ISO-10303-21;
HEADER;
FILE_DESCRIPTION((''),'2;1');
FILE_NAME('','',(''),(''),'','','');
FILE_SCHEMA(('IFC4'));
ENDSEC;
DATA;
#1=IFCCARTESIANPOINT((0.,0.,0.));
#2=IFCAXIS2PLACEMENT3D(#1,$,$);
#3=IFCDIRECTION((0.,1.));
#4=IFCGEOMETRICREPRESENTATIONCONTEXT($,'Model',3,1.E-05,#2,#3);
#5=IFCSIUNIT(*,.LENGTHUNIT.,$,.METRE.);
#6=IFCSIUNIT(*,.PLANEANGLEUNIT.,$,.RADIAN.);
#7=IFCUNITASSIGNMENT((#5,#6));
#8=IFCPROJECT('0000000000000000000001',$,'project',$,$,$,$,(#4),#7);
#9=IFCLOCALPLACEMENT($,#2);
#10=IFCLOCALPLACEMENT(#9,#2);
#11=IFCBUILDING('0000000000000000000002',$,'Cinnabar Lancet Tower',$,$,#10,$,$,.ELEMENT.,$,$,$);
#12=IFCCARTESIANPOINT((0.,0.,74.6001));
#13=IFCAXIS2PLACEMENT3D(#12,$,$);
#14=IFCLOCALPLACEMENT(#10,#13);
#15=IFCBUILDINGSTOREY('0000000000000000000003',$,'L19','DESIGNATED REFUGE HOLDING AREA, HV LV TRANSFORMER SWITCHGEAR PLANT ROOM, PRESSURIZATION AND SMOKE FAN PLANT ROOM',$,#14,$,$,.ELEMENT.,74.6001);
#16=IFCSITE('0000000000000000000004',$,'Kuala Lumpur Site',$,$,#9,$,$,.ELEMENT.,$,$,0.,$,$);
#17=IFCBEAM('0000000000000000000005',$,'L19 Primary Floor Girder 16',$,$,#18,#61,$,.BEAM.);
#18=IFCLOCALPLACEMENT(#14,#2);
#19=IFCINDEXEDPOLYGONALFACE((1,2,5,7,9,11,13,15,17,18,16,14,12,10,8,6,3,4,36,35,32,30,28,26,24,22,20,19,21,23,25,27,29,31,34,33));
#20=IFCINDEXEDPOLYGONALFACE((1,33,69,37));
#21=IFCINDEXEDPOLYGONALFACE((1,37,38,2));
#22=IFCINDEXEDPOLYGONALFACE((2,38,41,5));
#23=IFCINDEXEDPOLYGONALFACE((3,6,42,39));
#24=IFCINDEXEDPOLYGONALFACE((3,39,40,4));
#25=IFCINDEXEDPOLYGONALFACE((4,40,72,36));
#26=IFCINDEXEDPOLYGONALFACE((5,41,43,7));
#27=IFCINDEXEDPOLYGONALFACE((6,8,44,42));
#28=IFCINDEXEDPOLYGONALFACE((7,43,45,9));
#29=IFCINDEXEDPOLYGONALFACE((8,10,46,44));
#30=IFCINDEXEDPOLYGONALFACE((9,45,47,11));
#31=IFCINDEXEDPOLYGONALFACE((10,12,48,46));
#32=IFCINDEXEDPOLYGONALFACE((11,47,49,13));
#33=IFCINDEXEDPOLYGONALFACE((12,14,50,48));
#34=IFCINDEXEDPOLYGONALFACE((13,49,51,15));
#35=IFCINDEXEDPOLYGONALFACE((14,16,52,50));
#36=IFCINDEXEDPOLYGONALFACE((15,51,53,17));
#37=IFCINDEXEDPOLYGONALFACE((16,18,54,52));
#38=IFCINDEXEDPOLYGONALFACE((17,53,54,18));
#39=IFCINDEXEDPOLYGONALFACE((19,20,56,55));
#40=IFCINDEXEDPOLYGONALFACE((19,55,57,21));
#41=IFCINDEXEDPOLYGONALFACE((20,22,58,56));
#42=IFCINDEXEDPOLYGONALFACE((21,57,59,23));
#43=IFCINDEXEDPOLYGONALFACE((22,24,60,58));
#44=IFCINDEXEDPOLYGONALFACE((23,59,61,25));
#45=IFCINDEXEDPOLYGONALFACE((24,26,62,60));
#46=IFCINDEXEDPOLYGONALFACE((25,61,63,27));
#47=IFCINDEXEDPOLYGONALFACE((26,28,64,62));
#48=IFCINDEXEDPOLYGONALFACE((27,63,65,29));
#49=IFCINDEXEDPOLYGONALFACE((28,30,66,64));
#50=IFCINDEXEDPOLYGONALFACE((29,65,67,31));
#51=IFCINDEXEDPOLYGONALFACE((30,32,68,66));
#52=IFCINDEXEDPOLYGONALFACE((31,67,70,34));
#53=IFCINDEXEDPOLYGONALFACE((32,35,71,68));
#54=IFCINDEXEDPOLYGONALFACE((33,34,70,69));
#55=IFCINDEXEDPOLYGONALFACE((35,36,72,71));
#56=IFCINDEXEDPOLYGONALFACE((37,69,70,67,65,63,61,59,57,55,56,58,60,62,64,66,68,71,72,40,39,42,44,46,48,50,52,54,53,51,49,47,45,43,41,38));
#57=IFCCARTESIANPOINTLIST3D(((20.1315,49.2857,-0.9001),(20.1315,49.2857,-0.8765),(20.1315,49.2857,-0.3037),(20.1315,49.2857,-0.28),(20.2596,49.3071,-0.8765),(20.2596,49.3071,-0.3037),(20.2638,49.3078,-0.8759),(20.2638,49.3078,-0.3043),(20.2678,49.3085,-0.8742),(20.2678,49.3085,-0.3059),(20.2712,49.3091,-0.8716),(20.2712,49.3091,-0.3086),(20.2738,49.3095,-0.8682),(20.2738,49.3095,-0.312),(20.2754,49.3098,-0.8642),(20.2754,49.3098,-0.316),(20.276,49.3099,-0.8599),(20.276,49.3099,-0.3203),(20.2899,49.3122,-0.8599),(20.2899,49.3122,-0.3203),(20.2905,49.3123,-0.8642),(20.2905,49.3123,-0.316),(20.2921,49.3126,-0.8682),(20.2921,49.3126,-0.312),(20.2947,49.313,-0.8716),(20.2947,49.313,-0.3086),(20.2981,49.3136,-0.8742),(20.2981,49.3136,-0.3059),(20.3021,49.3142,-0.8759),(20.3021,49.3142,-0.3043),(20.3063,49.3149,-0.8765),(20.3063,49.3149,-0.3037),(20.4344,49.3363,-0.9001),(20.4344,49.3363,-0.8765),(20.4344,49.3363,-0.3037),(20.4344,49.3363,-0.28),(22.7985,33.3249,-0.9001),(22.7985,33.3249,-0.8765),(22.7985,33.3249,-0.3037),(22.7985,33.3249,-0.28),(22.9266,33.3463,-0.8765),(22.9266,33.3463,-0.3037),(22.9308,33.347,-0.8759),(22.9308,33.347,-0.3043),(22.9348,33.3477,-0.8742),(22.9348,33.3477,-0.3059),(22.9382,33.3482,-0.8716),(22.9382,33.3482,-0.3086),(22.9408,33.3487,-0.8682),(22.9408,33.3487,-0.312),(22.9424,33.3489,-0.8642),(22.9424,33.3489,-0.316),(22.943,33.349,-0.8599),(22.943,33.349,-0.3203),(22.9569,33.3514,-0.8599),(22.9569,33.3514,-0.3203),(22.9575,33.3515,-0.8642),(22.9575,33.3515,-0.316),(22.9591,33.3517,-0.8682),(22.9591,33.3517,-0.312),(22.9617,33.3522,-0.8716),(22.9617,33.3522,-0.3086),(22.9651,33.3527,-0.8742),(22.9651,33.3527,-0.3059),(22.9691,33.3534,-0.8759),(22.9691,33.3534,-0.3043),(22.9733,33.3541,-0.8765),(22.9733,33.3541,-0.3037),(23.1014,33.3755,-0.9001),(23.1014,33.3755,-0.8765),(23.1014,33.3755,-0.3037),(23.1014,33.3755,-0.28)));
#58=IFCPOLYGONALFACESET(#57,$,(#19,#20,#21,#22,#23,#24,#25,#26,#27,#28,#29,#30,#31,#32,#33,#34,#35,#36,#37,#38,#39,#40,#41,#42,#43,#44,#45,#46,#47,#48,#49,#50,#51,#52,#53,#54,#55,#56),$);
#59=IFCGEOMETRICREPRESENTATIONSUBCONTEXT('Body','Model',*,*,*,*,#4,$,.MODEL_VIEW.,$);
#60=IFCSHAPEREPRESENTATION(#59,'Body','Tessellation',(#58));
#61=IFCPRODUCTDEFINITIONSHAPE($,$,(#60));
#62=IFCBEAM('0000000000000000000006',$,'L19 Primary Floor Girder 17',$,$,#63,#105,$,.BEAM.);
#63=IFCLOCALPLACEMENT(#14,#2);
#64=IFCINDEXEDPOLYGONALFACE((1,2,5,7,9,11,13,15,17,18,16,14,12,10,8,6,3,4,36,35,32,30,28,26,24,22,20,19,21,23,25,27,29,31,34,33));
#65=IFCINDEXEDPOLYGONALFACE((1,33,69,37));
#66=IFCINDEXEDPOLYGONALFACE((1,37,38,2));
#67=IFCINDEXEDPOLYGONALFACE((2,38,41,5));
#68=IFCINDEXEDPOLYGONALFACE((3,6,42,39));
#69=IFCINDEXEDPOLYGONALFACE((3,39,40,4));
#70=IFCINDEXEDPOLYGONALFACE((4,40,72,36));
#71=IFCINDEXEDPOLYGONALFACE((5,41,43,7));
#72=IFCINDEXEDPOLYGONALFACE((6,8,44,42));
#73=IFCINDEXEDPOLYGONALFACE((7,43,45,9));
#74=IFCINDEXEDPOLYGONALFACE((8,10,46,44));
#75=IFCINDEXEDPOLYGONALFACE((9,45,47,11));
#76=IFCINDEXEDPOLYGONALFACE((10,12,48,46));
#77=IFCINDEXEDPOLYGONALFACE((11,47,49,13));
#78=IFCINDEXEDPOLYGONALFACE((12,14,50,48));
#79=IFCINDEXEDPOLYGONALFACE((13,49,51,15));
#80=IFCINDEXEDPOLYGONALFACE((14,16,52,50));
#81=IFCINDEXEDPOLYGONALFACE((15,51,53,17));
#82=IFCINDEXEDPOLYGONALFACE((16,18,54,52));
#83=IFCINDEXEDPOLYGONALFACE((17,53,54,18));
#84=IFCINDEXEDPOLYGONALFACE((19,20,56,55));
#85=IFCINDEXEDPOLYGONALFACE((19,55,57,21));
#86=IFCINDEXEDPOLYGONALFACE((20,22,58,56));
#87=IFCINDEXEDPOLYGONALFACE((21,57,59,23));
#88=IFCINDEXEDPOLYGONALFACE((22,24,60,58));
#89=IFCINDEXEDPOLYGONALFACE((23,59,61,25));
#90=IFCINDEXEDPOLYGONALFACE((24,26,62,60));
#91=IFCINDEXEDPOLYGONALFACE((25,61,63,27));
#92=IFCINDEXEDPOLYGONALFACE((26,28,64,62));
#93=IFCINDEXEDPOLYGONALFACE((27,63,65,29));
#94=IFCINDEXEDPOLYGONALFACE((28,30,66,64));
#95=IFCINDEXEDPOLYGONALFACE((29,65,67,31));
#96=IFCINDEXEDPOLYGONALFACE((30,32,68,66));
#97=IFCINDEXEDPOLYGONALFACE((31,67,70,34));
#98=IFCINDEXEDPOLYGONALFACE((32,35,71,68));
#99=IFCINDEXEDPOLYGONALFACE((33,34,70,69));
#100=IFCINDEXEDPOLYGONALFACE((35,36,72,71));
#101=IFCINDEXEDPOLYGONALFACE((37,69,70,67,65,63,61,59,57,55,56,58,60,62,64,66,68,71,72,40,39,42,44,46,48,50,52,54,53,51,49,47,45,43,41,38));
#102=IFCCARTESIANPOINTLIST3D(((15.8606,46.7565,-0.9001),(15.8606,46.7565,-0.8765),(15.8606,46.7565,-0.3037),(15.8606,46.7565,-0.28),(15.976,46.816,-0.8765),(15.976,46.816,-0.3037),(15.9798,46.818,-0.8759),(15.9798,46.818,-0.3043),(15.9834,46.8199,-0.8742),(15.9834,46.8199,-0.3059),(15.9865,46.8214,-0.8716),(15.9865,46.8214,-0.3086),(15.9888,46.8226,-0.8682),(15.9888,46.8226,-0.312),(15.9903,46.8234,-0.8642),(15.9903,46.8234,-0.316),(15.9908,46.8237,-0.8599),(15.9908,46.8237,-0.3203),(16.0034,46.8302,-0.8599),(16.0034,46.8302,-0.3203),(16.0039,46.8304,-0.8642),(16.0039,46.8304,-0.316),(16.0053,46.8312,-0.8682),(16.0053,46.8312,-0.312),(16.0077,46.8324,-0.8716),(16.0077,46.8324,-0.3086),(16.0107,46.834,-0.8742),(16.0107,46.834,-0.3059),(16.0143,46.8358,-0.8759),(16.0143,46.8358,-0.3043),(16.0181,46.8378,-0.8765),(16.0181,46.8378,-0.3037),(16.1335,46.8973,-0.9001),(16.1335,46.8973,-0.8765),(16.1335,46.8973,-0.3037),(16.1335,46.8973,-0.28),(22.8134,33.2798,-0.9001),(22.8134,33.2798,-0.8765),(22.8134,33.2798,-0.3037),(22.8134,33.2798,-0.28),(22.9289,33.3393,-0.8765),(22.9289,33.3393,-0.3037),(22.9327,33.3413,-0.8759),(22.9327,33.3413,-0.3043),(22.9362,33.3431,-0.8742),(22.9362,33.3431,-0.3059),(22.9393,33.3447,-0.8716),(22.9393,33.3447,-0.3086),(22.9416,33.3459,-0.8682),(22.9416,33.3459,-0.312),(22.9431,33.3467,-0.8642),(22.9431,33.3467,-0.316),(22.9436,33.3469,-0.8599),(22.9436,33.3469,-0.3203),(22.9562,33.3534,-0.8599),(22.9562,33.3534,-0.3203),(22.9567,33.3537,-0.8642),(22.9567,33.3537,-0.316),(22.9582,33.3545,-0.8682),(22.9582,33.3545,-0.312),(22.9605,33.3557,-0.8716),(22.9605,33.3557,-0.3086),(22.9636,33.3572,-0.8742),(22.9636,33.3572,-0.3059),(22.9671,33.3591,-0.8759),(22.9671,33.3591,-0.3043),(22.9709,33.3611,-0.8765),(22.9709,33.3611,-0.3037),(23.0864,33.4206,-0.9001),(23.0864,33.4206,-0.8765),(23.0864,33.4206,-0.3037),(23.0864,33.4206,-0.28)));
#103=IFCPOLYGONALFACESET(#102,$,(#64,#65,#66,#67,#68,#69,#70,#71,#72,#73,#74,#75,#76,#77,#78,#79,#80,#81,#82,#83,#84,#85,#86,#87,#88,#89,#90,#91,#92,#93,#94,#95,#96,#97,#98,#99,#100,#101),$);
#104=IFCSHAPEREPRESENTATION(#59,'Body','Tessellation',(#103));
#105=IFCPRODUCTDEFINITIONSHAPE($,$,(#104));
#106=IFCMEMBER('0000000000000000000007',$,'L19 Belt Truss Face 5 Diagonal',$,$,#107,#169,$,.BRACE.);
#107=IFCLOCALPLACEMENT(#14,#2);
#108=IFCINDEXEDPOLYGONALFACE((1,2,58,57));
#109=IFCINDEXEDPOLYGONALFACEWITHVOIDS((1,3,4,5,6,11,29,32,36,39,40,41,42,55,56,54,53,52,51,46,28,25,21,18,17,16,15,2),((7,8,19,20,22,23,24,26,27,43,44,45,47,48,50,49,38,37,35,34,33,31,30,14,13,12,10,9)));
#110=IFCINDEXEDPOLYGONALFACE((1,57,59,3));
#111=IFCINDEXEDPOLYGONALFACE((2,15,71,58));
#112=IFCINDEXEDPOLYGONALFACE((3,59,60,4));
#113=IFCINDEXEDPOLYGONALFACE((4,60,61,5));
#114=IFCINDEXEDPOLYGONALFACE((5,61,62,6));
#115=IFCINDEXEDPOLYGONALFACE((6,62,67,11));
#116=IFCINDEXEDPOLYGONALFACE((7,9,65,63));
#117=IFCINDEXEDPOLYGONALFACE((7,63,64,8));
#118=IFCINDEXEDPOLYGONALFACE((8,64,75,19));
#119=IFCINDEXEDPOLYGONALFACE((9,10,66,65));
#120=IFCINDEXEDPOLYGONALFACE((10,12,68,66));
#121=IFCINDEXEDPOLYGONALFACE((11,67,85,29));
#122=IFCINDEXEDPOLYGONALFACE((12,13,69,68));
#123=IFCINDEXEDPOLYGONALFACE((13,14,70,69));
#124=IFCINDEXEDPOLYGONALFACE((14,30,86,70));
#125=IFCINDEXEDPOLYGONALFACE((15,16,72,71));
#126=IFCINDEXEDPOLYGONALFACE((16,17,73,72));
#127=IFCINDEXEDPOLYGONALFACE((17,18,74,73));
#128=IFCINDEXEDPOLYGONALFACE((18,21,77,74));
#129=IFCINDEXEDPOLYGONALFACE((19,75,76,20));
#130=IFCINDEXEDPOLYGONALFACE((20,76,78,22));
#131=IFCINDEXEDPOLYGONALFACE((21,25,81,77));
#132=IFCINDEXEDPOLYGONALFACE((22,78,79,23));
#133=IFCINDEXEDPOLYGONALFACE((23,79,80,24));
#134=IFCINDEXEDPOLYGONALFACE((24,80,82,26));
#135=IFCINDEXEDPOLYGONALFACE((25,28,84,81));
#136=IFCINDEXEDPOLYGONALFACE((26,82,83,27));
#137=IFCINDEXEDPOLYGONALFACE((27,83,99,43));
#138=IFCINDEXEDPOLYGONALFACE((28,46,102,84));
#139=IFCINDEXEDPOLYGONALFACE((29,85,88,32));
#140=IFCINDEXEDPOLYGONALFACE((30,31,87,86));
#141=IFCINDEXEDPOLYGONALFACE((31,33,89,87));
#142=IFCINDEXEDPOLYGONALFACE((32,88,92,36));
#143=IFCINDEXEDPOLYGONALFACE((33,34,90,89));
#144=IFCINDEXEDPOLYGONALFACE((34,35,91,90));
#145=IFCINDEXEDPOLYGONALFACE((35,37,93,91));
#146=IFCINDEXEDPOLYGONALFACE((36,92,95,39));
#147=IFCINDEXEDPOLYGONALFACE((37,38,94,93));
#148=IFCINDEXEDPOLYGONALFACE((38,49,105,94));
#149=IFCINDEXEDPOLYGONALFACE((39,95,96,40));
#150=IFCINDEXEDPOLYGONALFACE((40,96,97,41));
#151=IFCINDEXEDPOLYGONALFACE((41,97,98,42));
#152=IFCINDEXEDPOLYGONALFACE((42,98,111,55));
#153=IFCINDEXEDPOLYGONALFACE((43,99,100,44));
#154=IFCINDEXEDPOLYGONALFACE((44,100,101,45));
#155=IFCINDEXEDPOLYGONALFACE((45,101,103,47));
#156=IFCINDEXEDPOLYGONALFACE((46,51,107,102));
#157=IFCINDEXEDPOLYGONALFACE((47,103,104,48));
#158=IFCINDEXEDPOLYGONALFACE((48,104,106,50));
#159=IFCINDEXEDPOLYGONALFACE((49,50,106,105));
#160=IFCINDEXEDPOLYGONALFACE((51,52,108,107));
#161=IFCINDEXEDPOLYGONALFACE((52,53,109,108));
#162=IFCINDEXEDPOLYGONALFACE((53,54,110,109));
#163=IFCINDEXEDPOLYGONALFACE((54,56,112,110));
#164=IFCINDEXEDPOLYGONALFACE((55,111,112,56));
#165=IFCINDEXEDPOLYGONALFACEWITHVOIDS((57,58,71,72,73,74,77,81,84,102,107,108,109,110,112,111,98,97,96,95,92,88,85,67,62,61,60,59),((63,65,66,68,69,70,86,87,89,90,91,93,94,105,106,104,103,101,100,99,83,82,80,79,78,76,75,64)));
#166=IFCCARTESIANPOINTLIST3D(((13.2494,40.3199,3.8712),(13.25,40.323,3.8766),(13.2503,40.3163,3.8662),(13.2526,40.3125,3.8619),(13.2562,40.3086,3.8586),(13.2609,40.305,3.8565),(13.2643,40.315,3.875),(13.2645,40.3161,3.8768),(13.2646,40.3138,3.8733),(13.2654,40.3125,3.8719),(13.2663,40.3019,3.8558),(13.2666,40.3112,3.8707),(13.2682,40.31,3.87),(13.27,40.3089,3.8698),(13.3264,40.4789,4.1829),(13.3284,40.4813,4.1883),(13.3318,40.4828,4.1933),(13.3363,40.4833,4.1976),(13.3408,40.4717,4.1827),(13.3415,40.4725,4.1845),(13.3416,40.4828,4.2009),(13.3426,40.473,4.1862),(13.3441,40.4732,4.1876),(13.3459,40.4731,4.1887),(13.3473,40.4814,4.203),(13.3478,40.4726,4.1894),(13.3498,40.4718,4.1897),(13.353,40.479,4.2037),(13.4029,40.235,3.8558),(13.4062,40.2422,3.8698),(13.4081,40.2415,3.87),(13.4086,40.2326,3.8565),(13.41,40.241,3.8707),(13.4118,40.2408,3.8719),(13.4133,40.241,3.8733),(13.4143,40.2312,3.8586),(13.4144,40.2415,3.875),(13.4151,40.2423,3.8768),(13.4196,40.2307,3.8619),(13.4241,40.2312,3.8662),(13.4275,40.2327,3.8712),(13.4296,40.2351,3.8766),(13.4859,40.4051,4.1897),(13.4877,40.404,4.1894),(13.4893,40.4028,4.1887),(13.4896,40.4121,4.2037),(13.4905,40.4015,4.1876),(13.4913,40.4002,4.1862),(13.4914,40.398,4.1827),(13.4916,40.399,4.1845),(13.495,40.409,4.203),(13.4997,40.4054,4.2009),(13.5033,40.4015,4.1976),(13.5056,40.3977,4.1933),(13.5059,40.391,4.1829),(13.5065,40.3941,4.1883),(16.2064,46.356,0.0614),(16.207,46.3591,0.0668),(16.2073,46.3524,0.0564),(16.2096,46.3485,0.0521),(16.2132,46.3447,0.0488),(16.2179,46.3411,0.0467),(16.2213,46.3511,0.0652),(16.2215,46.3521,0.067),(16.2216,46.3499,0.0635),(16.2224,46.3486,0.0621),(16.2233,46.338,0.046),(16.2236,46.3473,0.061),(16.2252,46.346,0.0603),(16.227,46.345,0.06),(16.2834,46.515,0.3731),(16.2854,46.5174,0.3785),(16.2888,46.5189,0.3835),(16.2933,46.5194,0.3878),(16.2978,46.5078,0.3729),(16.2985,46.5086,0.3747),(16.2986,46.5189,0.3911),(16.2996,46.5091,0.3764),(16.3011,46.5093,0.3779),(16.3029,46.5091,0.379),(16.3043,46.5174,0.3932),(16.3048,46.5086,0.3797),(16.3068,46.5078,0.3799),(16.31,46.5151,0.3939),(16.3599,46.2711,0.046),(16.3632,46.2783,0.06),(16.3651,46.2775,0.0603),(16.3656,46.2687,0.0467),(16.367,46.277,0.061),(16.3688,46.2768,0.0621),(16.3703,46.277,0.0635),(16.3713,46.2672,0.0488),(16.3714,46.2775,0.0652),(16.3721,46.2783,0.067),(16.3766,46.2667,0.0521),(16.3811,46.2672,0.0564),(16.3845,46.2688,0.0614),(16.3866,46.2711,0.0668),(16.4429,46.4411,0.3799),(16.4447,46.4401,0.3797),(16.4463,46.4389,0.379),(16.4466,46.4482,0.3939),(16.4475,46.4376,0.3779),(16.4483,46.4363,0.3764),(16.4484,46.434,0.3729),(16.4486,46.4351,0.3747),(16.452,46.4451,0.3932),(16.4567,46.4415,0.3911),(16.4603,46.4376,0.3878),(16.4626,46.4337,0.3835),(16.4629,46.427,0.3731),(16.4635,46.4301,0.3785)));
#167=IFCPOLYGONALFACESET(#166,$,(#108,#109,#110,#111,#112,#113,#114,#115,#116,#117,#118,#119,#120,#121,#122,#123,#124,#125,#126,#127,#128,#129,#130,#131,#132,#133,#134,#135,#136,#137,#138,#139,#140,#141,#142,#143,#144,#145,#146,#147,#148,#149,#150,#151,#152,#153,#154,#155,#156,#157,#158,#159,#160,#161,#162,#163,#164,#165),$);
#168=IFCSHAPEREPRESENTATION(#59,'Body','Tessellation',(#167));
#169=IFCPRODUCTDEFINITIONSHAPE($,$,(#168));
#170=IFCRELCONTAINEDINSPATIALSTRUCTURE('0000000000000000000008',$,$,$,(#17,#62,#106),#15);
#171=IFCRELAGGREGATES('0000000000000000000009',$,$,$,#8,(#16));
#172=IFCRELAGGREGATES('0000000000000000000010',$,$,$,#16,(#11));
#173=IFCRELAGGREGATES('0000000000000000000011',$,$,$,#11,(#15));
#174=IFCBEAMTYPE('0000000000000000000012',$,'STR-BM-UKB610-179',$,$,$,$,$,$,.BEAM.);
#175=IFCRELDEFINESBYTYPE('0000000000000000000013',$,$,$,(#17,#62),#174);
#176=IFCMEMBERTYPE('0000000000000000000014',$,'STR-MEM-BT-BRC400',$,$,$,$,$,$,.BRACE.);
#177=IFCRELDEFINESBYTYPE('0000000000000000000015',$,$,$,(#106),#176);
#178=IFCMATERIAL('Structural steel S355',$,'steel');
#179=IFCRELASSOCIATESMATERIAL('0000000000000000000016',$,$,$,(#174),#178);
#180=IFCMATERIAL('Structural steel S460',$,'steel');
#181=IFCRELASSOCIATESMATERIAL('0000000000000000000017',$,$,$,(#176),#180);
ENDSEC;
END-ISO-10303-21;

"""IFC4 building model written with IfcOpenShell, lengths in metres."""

from ifc_helpers import new_model, si_unit, direction, frame, origin, origin_2d, place, context, subcontext, project, spatial, hollow_rectangle, i_section, extrude, material, material_profile, profile_set, type_object, element, save


model = new_model("IFC4")

# Units and contexts
model_context = context("Model", 3, precision=1e-05, world=origin(), true_north=direction((0.0, 1.0)))
body_context = subcontext(model_context, "Body", "Model", "MODEL_VIEW")
ifc_project = project(units=[si_unit("LENGTHUNIT", "METRE"), si_unit("PLANEANGLEUNIT", "RADIAN")], contexts=[model_context])

# Site, building, storey
site_placement = place(None, origin())
site = spatial("IfcSite", under=ifc_project, at=site_placement, Name="Kuala Lumpur Site", CompositionType="ELEMENT", RefElevation=0.0)
building_placement = place(site_placement, origin())
building = spatial("IfcBuilding", under=site, at=building_placement, Name="Cinnabar Lancet Tower", CompositionType="ELEMENT")
storey_placement = place(building_placement, frame((0.0, 0.0, 74.6001)))
storey = spatial("IfcBuildingStorey", under=building, at=storey_placement, Name="L19", Description="DESIGNATED REFUGE HOLDING AREA, HV LV TRANSFORMER SWITCHGEAR PLANT ROOM, PRESSURIZATION AND SMOKE FAN PLANT ROOM", CompositionType="ELEMENT", Elevation=74.6001)

# Beams
ifc_material_1 = material(Name="Structural steel S355", Category="steel")
ifc_material_profile_1 = material_profile(ifc_material_1, i_section(OverallWidth=0.3071, OverallDepth=0.6201, WebThickness=0.0142, FlangeThickness=0.0237, FilletRadius=0.0166, at=origin_2d()), Name="UKB 610x305x179")
ifc_profile_set_1 = profile_set([ifc_material_profile_1], Name="Structural steel S355")
beam_type_1 = type_object("IfcBeamType", Name="STR-BM-UKB610-179", PredefinedType="BEAM", material=ifc_profile_set_1)
beam_1_placement = place(storey_placement, frame((20.283, 49.311, -0.5901), z_axis=(0.16481, -0.986325, 0.0), x_axis=(0.986325, 0.16481, 0.0)))
element("IfcBeam", 1, at=beam_1_placement, inside=storey, type_object=beam_type_1, Name="L19 Primary Floor Girder 16", PredefinedType="BEAM", context=body_context, shape_type="SweptSolid", body=[
    extrude(i_section(OverallWidth=0.3071, OverallDepth=0.6201, WebThickness=0.0142, FlangeThickness=0.0237, FilletRadius=0.0166, at=origin_2d()), origin(), (0.0, 0.0, 1.0), 16.1821),
])
beam_2_placement = place(storey_placement, frame((15.9971, 46.8269, -0.5901), z_axis=(0.458492, -0.888698, 0.0), x_axis=(0.888698, 0.458492, 0.0)))
element("IfcBeam", 2, at=beam_2_placement, inside=storey, type_object=beam_type_1, Name="L19 Primary Floor Girder 17", PredefinedType="BEAM", context=body_context, shape_type="SweptSolid", body=[
    extrude(i_section(OverallWidth=0.3071, OverallDepth=0.6201, WebThickness=0.0142, FlangeThickness=0.0237, FilletRadius=0.0166, at=origin_2d()), origin(), (0.0, 0.0, 1.0), 15.1646),
])

# Member
ifc_material_2 = material(Name="Structural steel S460", Category="steel")
ifc_material_profile_2 = material_profile(ifc_material_2, hollow_rectangle(XDim=0.2, YDim=0.3999, WallThickness=0.0161, InnerFilletRadius=0.0081, OuterFilletRadius=0.0239, at=origin_2d()), Name="RHS 400x200x16")
ifc_profile_set_2 = profile_set([ifc_material_profile_2], Name="Structural steel S460")
member_type_1 = type_object("IfcMemberType", Name="STR-MEM-BT-BRC400", PredefinedType="BRACE", material=ifc_profile_set_2)
member_placement = place(storey_placement, frame((16.335, 46.3931, 0.22), z_axis=(-0.38273, -0.781259, 0.493106), x_axis=(0.89803, -0.439934, 0.0)))
element("IfcMember", 3, at=member_placement, inside=storey, type_object=member_type_1, Name="L19 Belt Truss Face 5 Diagonal", PredefinedType="BRACE", context=body_context, shape_type="SweptSolid", body=[
    extrude(hollow_rectangle(XDim=0.2, YDim=0.3999, WallThickness=0.0161, InnerFilletRadius=0.0081, OuterFilletRadius=0.0239, at=origin_2d()), origin(), (0.0, 0.0, 1.0), 7.7261),
])

save(model, "model.ifc")
